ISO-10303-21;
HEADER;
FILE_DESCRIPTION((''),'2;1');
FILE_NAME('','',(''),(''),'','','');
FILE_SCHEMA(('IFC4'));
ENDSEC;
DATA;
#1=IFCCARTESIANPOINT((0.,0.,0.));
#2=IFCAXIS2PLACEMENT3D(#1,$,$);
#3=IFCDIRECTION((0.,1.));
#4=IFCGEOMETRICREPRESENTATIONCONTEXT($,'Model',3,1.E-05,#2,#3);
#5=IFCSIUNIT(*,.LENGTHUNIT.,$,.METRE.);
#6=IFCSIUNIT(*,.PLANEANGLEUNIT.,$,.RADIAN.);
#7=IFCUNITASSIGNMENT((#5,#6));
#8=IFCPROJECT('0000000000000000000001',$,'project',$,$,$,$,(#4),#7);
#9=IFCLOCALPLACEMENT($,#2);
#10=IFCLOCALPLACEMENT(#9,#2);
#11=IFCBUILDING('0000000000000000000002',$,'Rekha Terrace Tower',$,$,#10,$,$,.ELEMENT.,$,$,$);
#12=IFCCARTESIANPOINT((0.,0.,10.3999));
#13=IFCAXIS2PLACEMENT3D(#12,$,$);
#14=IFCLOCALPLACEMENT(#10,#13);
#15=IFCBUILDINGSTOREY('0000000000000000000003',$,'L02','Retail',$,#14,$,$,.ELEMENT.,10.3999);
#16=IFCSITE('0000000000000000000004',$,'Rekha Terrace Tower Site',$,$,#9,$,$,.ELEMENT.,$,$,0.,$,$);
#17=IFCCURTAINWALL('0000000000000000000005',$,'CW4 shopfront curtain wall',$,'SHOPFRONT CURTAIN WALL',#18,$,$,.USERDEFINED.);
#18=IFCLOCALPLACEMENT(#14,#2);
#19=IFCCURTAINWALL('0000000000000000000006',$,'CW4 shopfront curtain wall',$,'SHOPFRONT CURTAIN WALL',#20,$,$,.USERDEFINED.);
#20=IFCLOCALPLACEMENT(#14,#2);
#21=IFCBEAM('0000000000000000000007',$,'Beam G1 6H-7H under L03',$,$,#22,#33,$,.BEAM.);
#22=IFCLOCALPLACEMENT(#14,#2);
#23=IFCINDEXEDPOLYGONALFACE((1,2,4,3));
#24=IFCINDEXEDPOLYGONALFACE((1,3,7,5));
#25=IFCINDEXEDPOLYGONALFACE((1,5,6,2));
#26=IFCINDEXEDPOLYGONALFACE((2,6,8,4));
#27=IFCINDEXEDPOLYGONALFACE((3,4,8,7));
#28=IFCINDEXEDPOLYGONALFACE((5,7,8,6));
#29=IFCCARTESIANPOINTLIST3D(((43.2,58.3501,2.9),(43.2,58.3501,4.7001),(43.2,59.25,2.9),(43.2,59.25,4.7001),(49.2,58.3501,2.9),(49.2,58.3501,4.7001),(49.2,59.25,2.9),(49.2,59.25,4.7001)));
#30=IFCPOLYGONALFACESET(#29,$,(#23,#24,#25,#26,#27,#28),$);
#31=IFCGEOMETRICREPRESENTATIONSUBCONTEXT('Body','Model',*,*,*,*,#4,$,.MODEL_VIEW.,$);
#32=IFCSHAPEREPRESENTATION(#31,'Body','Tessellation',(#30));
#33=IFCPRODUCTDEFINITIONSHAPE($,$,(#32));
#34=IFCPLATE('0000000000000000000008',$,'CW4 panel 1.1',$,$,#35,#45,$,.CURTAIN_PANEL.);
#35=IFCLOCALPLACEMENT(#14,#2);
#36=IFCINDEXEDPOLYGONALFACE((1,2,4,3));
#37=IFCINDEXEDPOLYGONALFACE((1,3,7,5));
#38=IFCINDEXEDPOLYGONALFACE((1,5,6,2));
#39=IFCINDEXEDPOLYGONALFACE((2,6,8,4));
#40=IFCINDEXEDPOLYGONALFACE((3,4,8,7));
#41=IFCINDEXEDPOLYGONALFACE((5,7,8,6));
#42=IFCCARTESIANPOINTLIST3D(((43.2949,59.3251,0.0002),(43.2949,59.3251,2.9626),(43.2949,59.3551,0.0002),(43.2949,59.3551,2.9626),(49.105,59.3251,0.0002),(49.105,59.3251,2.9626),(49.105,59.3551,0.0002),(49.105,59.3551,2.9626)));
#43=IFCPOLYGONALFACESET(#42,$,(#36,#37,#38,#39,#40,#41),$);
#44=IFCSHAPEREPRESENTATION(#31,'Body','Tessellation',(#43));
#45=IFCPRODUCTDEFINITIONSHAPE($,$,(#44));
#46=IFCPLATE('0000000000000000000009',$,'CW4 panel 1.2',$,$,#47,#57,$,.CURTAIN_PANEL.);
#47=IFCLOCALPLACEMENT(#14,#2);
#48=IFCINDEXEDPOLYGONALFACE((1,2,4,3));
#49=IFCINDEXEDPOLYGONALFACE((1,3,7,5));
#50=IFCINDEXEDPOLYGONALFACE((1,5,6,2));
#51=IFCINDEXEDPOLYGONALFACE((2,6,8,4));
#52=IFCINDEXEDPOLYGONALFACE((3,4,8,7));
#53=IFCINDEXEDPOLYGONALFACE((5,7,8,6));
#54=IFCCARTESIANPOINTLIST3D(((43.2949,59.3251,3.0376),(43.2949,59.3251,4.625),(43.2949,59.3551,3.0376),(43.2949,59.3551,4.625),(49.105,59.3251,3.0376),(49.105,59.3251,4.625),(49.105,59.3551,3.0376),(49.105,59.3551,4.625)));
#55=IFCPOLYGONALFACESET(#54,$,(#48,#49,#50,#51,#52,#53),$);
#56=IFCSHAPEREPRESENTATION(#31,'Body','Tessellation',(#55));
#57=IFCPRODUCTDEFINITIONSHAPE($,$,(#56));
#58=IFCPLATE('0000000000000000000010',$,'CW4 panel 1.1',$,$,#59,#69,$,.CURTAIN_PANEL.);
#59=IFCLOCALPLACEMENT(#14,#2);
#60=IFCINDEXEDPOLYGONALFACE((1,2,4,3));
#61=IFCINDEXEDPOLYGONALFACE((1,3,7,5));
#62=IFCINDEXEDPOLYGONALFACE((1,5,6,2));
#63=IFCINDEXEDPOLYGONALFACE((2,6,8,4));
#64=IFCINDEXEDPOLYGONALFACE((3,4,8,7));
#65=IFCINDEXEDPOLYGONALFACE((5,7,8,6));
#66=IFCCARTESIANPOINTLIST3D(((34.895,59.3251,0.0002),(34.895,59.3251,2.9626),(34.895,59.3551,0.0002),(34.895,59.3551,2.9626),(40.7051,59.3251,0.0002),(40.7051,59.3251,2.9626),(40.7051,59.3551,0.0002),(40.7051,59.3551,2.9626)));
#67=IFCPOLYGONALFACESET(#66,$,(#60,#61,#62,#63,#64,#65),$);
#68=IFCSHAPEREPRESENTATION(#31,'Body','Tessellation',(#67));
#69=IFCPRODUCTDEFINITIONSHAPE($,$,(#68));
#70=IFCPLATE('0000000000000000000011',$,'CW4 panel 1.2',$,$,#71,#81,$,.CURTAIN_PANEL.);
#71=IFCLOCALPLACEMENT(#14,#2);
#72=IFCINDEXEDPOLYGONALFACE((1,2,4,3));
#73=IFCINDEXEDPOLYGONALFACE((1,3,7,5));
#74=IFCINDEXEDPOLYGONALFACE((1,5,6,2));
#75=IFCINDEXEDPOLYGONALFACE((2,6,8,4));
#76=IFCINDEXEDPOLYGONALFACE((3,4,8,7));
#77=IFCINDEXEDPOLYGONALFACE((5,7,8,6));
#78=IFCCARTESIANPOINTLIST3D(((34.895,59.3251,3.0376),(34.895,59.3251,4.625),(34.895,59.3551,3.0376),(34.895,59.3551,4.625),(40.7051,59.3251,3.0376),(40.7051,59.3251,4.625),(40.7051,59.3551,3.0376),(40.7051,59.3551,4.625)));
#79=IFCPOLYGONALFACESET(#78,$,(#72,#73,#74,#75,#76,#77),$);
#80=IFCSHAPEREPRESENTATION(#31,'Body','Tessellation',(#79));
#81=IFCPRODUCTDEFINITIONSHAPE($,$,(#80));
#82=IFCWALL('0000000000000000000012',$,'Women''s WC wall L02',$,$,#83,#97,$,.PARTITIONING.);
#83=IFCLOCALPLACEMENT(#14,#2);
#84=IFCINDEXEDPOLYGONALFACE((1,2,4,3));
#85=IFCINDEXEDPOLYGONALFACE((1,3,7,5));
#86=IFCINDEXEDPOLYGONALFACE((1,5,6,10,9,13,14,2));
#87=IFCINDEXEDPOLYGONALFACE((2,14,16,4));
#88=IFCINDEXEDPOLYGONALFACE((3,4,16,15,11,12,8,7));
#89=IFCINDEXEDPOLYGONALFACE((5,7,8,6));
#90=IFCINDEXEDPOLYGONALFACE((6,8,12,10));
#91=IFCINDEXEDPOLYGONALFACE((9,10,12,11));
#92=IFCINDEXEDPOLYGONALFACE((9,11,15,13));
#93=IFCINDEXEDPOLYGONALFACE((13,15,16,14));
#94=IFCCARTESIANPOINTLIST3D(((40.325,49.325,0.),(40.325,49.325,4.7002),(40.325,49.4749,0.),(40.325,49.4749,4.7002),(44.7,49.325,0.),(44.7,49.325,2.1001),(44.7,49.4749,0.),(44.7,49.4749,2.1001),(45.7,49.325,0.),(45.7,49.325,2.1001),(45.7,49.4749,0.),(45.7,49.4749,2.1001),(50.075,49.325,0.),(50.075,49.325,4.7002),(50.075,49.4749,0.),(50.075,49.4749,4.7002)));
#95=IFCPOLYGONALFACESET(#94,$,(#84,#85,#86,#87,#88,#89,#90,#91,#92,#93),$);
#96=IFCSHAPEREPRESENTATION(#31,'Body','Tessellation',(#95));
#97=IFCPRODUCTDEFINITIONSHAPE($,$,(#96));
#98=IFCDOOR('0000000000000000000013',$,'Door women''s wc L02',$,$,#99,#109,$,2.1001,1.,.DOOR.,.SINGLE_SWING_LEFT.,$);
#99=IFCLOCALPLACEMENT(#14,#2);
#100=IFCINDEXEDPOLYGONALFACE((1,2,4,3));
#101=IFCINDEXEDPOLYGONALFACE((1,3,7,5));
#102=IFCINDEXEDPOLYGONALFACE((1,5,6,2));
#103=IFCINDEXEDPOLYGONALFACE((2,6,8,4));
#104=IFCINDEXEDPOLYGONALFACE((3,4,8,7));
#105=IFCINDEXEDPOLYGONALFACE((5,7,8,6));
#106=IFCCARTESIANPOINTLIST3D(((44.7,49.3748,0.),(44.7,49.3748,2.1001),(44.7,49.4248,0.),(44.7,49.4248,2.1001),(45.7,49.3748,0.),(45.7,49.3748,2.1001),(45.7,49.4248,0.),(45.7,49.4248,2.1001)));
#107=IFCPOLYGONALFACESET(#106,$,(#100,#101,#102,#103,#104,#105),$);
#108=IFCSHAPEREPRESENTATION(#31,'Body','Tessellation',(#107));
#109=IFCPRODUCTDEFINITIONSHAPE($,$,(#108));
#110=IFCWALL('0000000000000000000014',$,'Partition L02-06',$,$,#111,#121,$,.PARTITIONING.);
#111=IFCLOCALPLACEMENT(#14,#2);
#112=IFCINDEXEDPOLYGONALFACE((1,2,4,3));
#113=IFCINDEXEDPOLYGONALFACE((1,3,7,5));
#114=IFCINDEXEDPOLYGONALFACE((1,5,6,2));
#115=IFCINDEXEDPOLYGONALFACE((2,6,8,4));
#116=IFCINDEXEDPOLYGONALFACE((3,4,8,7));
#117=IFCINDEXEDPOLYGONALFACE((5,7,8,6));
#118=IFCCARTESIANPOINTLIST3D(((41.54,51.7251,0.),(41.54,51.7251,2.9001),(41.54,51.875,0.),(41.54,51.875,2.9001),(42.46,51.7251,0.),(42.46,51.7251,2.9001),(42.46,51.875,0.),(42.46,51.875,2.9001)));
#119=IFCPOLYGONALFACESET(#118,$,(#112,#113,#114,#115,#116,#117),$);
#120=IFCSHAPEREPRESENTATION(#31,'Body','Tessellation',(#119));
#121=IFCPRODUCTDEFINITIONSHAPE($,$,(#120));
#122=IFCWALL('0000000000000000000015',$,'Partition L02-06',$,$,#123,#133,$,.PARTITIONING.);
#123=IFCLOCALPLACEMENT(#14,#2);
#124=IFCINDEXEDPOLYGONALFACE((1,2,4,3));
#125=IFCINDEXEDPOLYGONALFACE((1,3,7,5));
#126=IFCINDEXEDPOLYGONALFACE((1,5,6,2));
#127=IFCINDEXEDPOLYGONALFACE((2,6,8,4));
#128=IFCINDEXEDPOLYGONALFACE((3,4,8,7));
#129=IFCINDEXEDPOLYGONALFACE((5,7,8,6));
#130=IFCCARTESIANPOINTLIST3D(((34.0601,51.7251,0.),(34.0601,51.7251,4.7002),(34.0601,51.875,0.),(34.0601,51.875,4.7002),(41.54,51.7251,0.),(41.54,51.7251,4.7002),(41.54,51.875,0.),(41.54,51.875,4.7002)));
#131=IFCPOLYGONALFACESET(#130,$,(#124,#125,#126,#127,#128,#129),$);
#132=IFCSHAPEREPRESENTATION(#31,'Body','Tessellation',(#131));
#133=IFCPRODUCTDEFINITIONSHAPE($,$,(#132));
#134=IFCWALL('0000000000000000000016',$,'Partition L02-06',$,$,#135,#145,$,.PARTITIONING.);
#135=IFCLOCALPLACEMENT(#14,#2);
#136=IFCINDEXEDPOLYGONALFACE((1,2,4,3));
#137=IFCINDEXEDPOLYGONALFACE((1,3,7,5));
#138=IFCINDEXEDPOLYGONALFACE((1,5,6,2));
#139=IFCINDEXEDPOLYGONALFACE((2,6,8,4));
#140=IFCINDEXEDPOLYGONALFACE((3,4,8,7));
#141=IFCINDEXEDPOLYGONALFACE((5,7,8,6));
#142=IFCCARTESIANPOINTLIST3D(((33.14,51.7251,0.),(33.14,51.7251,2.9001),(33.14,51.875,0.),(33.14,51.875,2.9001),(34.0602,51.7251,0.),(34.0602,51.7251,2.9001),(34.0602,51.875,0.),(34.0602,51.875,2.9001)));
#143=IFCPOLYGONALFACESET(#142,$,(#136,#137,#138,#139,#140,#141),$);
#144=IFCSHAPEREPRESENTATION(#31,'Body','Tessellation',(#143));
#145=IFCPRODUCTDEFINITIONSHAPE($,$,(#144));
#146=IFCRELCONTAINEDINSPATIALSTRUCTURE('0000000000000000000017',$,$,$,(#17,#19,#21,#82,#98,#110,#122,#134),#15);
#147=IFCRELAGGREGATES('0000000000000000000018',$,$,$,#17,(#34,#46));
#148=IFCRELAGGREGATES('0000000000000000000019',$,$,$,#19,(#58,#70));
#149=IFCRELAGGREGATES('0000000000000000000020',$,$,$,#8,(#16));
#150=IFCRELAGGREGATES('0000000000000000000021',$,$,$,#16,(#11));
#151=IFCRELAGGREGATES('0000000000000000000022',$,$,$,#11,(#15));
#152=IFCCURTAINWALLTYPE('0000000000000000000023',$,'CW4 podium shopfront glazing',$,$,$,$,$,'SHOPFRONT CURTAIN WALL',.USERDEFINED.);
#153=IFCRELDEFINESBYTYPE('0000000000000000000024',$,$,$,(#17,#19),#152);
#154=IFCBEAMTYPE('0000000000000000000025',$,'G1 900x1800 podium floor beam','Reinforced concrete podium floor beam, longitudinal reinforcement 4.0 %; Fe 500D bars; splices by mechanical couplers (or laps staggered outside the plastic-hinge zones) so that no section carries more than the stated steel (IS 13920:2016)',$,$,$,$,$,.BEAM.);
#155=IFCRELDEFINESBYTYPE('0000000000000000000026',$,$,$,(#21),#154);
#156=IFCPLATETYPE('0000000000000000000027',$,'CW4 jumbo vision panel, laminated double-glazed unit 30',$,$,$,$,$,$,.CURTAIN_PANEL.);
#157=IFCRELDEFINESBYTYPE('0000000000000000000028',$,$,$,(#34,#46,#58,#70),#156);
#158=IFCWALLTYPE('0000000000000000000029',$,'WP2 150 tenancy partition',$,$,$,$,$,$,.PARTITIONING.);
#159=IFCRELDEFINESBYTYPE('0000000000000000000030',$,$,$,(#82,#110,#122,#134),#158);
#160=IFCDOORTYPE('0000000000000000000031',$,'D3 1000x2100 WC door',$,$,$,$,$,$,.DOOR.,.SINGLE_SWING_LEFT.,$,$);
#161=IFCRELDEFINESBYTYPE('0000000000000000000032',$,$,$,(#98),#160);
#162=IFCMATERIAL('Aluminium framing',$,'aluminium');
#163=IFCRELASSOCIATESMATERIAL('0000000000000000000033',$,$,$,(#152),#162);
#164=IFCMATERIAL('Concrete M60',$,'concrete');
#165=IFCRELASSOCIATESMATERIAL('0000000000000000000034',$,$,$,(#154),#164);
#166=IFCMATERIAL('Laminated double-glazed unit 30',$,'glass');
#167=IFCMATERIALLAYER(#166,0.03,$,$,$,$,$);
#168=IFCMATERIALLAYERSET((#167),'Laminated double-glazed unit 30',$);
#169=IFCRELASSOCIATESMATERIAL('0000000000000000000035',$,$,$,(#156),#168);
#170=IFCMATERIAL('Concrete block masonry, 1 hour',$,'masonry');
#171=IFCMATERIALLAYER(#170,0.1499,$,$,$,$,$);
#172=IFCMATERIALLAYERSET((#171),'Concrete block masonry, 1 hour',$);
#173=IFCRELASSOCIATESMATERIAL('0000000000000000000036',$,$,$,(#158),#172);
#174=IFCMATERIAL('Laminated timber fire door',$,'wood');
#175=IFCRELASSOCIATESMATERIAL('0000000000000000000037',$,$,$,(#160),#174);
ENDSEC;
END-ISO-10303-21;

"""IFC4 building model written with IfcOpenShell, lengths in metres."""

from ifc_helpers import new_model, si_unit, direction, frame, frame_2d, origin, origin_2d, place, context, subcontext, project, spatial, rectangle, extrude, material, layer, layer_set, material_profile, profile_set, type_object, element, fill, aggregate, save


model = new_model("IFC4")

# Units and contexts
model_context = context("Model", 3, precision=1e-05, world=origin(), true_north=direction((0.0, 1.0)))
body_context = subcontext(model_context, "Body", "Model", "MODEL_VIEW")
ifc_project = project(units=[si_unit("LENGTHUNIT", "METRE"), si_unit("PLANEANGLEUNIT", "RADIAN")], contexts=[model_context])

# Site, building, storey
site_placement = place(None, origin())
site = spatial("IfcSite", under=ifc_project, at=site_placement, Name="Rekha Terrace Tower Site", CompositionType="ELEMENT", RefElevation=0.0)
building_placement = place(site_placement, origin())
building = spatial("IfcBuilding", under=site, at=building_placement, Name="Rekha Terrace Tower", CompositionType="ELEMENT")
storey_placement = place(building_placement, frame((0.0, 0.0, 10.3999)))
storey = spatial("IfcBuildingStorey", under=building, at=storey_placement, Name="L02", Description="Retail", CompositionType="ELEMENT", Elevation=10.3999)

# Curtain wall
ifc_material_1 = material(Name="Aluminium framing", Category="aluminium")
curtain_wall_type = type_object("IfcCurtainWallType", Name="CW4 podium shopfront glazing", ElementType="SHOPFRONT CURTAIN WALL", PredefinedType="USERDEFINED", material=ifc_material_1)
curtain_wall_1_placement = place(storey_placement, origin())
curtain_wall_1 = element("IfcCurtainWall", 1, at=curtain_wall_1_placement, inside=storey, type_object=curtain_wall_type, Name="CW4 shopfront curtain wall", ObjectType="SHOPFRONT CURTAIN WALL", PredefinedType="USERDEFINED")

# Curtain wall
curtain_wall_2_placement = place(storey_placement, origin())
curtain_wall_2 = element("IfcCurtainWall", 2, at=curtain_wall_2_placement, inside=storey, type_object=curtain_wall_type, Name="CW4 shopfront curtain wall", ObjectType="SHOPFRONT CURTAIN WALL", PredefinedType="USERDEFINED")

# Beam
ifc_material_2 = material(Name="Concrete M60", Category="concrete")
ifc_material_profile_1 = material_profile(ifc_material_2, rectangle(XDim=0.8999, YDim=1.8, at=origin_2d()), Name="RC 900x1800")
ifc_profile_set_1 = profile_set([ifc_material_profile_1], Name="Concrete M60")
beam_type = type_object("IfcBeamType", Name="G1 900x1800 podium floor beam", Description="Reinforced concrete podium floor beam, longitudinal reinforcement 4.0 %; Fe 500D bars; splices by mechanical couplers (or laps staggered outside the plastic-hinge zones) so that no section carries more than the stated steel (IS 13920:2016)", PredefinedType="BEAM", material=ifc_profile_set_1)
for number, where, z_axis, x_axis, name in (
    (3, (43.2, 58.8, 3.8), (1.0, 0.0, 0.0), (0.0, 1.0, 0.0), "Beam G1 6H-7H under L03"),
):
    element("IfcBeam", number, at=place(storey_placement, frame(where, z_axis=z_axis, x_axis=x_axis)), inside=storey, type_object=beam_type, Name=name, PredefinedType="BEAM", context=body_context, shape_type="SweptSolid", body=[
        extrude(rectangle(XDim=0.8999, YDim=1.8, at=origin_2d()), origin(), (0.0, 0.0, 1.0), 6.0),
    ])

# Plates
ifc_material_3 = material(Name="Laminated double-glazed unit 30", Category="glass")
ifc_layer_1 = layer(ifc_material_3, 0.03)
ifc_layer_set_1 = layer_set([ifc_layer_1], Name="Laminated double-glazed unit 30")
plate_type = type_object("IfcPlateType", Name="CW4 jumbo vision panel, laminated double-glazed unit 30", PredefinedType="CURTAIN_PANEL", material=ifc_layer_set_1)
plate_1_placement = place(storey_placement, frame((46.2, 59.3401, 0.0002), z_axis=(0.0, 0.0, 1.0), x_axis=(-1.0, 0.0, 0.0)))
plate_1 = element("IfcPlate", 4, at=plate_1_placement, type_object=plate_type, Name="CW4 panel 1.1", PredefinedType="CURTAIN_PANEL", context=body_context, shape_type="SweptSolid", body=[
    extrude(rectangle(XDim=5.8101, YDim=0.03, at=origin_2d()), origin(), (0.0, 0.0, 1.0), 2.9624),
])
plate_2_placement = place(storey_placement, frame((46.2, 59.3401, 3.0376), z_axis=(0.0, 0.0, 1.0), x_axis=(-1.0, 0.0, 0.0)))
plate_2 = element("IfcPlate", 5, at=plate_2_placement, type_object=plate_type, Name="CW4 panel 1.2", PredefinedType="CURTAIN_PANEL", context=body_context, shape_type="SweptSolid", body=[
    extrude(rectangle(XDim=5.8101, YDim=0.03, at=origin_2d()), origin(), (0.0, 0.0, 1.0), 1.5874),
])
aggregate(curtain_wall_1, [plate_1, plate_2])
plate_3_placement = place(storey_placement, frame((37.8, 59.3401, 0.0002), z_axis=(0.0, 0.0, 1.0), x_axis=(-1.0, 0.0, 0.0)))
plate_3 = element("IfcPlate", 6, at=plate_3_placement, type_object=plate_type, Name="CW4 panel 1.1", PredefinedType="CURTAIN_PANEL", context=body_context, shape_type="SweptSolid", body=[
    extrude(rectangle(XDim=5.8101, YDim=0.03, at=origin_2d()), origin(), (0.0, 0.0, 1.0), 2.9624),
])
plate_4_placement = place(storey_placement, frame((37.8, 59.3401, 3.0376), z_axis=(0.0, 0.0, 1.0), x_axis=(-1.0, 0.0, 0.0)))
plate_4 = element("IfcPlate", 7, at=plate_4_placement, type_object=plate_type, Name="CW4 panel 1.2", PredefinedType="CURTAIN_PANEL", context=body_context, shape_type="SweptSolid", body=[
    extrude(rectangle(XDim=5.8101, YDim=0.03, at=origin_2d()), origin(), (0.0, 0.0, 1.0), 1.5874),
])
aggregate(curtain_wall_2, [plate_3, plate_4])

# Wall, opening, door
ifc_material_4 = material(Name="Concrete block masonry, 1 hour", Category="masonry")
ifc_layer_2 = layer(ifc_material_4, 0.1499)
ifc_layer_set_2 = layer_set([ifc_layer_2], Name="Concrete block masonry, 1 hour")
wall_type = type_object("IfcWallType", Name="WP2 150 tenancy partition", PredefinedType="PARTITIONING", material=ifc_layer_set_2)
wall_1_placement = place(storey_placement, frame((40.325, 49.3999, 0.0), z_axis=(0.0, 0.0, 1.0), x_axis=(1.0, 0.0, 0.0)))
wall_1 = element("IfcWall", 8, at=wall_1_placement, inside=storey, type_object=wall_type, Name="Women's WC wall L02", PredefinedType="PARTITIONING", context=body_context, shape_type="SweptSolid", body=[
    extrude(rectangle(XDim=9.75, YDim=0.1499, at=frame_2d((4.875, 0.0))), origin(), (0.0, 0.0, 1.0), 4.7002),
])
opening_placement = place(wall_1_placement, frame((4.375, 0.0, 0.0)))
opening = element("IfcOpeningElement", 9, at=opening_placement, cuts=wall_1, PredefinedType="OPENING", context=body_context, shape_type="SweptSolid", body=[
    extrude(rectangle(XDim=1.0, YDim=2.1001, at=frame_2d((0.5, 1.05))), frame((0.0, 0.085, 0.0), z_axis=(0.0, -1.0, 0.0), x_axis=(1.0, 0.0, 0.0)), (0.0, 0.0, 1.0), 0.1699),
])
ifc_material_5 = material(Name="Laminated timber fire door", Category="wood")
door_type = type_object("IfcDoorType", Name="D3 1000x2100 WC door", OperationType="SINGLE_SWING_LEFT", PredefinedType="DOOR", material=ifc_material_5)
door_placement = place(opening_placement, origin())
door = element("IfcDoor", 10, at=door_placement, inside=storey, type_object=door_type, Name="Door women's wc L02", OperationType="SINGLE_SWING_LEFT", OverallHeight=2.1001, OverallWidth=1.0, PredefinedType="DOOR", context=body_context, shape_type="SweptSolid", body=[
    extrude(rectangle(XDim=1.0, YDim=2.1001, at=frame_2d((0.5, 1.05))), frame((0.0, 0.0249, 0.0), z_axis=(0.0, -1.0, 0.0), x_axis=(1.0, 0.0, 0.0)), (0.0, 0.0, 1.0), 0.05),
])
fill(opening, door)

# Walls
wall_2_placement = place(storey_placement, frame((42.46, 51.8, 0.0), z_axis=(0.0, 0.0, 1.0), x_axis=(-1.0, 0.0, 0.0)))
element("IfcWall", 11, at=wall_2_placement, inside=storey, type_object=wall_type, Name="Partition L02-06", PredefinedType="PARTITIONING", context=body_context, shape_type="SweptSolid", body=[
    extrude(rectangle(XDim=0.9199, YDim=0.1499, at=frame_2d((0.46, 0.0))), origin(), (0.0, 0.0, 1.0), 2.9001),
])
wall_3_placement = place(storey_placement, frame((41.54, 51.8, 0.0), z_axis=(0.0, 0.0, 1.0), x_axis=(-1.0, 0.0, 0.0)))
element("IfcWall", 12, at=wall_3_placement, inside=storey, type_object=wall_type, Name="Partition L02-06", PredefinedType="PARTITIONING", context=body_context, shape_type="SweptSolid", body=[
    extrude(rectangle(XDim=7.48, YDim=0.1499, at=frame_2d((3.74, 0.0))), origin(), (0.0, 0.0, 1.0), 4.7002),
])
wall_4_placement = place(storey_placement, frame((34.0601, 51.8, 0.0), z_axis=(0.0, 0.0, 1.0), x_axis=(-1.0, 0.0, 0.0)))
element("IfcWall", 13, at=wall_4_placement, inside=storey, type_object=wall_type, Name="Partition L02-06", PredefinedType="PARTITIONING", context=body_context, shape_type="SweptSolid", body=[
    extrude(rectangle(XDim=0.9202, YDim=0.1499, at=frame_2d((0.46, 0.0))), origin(), (0.0, 0.0, 1.0), 2.9001),
])

save(model, "model.ifc")
